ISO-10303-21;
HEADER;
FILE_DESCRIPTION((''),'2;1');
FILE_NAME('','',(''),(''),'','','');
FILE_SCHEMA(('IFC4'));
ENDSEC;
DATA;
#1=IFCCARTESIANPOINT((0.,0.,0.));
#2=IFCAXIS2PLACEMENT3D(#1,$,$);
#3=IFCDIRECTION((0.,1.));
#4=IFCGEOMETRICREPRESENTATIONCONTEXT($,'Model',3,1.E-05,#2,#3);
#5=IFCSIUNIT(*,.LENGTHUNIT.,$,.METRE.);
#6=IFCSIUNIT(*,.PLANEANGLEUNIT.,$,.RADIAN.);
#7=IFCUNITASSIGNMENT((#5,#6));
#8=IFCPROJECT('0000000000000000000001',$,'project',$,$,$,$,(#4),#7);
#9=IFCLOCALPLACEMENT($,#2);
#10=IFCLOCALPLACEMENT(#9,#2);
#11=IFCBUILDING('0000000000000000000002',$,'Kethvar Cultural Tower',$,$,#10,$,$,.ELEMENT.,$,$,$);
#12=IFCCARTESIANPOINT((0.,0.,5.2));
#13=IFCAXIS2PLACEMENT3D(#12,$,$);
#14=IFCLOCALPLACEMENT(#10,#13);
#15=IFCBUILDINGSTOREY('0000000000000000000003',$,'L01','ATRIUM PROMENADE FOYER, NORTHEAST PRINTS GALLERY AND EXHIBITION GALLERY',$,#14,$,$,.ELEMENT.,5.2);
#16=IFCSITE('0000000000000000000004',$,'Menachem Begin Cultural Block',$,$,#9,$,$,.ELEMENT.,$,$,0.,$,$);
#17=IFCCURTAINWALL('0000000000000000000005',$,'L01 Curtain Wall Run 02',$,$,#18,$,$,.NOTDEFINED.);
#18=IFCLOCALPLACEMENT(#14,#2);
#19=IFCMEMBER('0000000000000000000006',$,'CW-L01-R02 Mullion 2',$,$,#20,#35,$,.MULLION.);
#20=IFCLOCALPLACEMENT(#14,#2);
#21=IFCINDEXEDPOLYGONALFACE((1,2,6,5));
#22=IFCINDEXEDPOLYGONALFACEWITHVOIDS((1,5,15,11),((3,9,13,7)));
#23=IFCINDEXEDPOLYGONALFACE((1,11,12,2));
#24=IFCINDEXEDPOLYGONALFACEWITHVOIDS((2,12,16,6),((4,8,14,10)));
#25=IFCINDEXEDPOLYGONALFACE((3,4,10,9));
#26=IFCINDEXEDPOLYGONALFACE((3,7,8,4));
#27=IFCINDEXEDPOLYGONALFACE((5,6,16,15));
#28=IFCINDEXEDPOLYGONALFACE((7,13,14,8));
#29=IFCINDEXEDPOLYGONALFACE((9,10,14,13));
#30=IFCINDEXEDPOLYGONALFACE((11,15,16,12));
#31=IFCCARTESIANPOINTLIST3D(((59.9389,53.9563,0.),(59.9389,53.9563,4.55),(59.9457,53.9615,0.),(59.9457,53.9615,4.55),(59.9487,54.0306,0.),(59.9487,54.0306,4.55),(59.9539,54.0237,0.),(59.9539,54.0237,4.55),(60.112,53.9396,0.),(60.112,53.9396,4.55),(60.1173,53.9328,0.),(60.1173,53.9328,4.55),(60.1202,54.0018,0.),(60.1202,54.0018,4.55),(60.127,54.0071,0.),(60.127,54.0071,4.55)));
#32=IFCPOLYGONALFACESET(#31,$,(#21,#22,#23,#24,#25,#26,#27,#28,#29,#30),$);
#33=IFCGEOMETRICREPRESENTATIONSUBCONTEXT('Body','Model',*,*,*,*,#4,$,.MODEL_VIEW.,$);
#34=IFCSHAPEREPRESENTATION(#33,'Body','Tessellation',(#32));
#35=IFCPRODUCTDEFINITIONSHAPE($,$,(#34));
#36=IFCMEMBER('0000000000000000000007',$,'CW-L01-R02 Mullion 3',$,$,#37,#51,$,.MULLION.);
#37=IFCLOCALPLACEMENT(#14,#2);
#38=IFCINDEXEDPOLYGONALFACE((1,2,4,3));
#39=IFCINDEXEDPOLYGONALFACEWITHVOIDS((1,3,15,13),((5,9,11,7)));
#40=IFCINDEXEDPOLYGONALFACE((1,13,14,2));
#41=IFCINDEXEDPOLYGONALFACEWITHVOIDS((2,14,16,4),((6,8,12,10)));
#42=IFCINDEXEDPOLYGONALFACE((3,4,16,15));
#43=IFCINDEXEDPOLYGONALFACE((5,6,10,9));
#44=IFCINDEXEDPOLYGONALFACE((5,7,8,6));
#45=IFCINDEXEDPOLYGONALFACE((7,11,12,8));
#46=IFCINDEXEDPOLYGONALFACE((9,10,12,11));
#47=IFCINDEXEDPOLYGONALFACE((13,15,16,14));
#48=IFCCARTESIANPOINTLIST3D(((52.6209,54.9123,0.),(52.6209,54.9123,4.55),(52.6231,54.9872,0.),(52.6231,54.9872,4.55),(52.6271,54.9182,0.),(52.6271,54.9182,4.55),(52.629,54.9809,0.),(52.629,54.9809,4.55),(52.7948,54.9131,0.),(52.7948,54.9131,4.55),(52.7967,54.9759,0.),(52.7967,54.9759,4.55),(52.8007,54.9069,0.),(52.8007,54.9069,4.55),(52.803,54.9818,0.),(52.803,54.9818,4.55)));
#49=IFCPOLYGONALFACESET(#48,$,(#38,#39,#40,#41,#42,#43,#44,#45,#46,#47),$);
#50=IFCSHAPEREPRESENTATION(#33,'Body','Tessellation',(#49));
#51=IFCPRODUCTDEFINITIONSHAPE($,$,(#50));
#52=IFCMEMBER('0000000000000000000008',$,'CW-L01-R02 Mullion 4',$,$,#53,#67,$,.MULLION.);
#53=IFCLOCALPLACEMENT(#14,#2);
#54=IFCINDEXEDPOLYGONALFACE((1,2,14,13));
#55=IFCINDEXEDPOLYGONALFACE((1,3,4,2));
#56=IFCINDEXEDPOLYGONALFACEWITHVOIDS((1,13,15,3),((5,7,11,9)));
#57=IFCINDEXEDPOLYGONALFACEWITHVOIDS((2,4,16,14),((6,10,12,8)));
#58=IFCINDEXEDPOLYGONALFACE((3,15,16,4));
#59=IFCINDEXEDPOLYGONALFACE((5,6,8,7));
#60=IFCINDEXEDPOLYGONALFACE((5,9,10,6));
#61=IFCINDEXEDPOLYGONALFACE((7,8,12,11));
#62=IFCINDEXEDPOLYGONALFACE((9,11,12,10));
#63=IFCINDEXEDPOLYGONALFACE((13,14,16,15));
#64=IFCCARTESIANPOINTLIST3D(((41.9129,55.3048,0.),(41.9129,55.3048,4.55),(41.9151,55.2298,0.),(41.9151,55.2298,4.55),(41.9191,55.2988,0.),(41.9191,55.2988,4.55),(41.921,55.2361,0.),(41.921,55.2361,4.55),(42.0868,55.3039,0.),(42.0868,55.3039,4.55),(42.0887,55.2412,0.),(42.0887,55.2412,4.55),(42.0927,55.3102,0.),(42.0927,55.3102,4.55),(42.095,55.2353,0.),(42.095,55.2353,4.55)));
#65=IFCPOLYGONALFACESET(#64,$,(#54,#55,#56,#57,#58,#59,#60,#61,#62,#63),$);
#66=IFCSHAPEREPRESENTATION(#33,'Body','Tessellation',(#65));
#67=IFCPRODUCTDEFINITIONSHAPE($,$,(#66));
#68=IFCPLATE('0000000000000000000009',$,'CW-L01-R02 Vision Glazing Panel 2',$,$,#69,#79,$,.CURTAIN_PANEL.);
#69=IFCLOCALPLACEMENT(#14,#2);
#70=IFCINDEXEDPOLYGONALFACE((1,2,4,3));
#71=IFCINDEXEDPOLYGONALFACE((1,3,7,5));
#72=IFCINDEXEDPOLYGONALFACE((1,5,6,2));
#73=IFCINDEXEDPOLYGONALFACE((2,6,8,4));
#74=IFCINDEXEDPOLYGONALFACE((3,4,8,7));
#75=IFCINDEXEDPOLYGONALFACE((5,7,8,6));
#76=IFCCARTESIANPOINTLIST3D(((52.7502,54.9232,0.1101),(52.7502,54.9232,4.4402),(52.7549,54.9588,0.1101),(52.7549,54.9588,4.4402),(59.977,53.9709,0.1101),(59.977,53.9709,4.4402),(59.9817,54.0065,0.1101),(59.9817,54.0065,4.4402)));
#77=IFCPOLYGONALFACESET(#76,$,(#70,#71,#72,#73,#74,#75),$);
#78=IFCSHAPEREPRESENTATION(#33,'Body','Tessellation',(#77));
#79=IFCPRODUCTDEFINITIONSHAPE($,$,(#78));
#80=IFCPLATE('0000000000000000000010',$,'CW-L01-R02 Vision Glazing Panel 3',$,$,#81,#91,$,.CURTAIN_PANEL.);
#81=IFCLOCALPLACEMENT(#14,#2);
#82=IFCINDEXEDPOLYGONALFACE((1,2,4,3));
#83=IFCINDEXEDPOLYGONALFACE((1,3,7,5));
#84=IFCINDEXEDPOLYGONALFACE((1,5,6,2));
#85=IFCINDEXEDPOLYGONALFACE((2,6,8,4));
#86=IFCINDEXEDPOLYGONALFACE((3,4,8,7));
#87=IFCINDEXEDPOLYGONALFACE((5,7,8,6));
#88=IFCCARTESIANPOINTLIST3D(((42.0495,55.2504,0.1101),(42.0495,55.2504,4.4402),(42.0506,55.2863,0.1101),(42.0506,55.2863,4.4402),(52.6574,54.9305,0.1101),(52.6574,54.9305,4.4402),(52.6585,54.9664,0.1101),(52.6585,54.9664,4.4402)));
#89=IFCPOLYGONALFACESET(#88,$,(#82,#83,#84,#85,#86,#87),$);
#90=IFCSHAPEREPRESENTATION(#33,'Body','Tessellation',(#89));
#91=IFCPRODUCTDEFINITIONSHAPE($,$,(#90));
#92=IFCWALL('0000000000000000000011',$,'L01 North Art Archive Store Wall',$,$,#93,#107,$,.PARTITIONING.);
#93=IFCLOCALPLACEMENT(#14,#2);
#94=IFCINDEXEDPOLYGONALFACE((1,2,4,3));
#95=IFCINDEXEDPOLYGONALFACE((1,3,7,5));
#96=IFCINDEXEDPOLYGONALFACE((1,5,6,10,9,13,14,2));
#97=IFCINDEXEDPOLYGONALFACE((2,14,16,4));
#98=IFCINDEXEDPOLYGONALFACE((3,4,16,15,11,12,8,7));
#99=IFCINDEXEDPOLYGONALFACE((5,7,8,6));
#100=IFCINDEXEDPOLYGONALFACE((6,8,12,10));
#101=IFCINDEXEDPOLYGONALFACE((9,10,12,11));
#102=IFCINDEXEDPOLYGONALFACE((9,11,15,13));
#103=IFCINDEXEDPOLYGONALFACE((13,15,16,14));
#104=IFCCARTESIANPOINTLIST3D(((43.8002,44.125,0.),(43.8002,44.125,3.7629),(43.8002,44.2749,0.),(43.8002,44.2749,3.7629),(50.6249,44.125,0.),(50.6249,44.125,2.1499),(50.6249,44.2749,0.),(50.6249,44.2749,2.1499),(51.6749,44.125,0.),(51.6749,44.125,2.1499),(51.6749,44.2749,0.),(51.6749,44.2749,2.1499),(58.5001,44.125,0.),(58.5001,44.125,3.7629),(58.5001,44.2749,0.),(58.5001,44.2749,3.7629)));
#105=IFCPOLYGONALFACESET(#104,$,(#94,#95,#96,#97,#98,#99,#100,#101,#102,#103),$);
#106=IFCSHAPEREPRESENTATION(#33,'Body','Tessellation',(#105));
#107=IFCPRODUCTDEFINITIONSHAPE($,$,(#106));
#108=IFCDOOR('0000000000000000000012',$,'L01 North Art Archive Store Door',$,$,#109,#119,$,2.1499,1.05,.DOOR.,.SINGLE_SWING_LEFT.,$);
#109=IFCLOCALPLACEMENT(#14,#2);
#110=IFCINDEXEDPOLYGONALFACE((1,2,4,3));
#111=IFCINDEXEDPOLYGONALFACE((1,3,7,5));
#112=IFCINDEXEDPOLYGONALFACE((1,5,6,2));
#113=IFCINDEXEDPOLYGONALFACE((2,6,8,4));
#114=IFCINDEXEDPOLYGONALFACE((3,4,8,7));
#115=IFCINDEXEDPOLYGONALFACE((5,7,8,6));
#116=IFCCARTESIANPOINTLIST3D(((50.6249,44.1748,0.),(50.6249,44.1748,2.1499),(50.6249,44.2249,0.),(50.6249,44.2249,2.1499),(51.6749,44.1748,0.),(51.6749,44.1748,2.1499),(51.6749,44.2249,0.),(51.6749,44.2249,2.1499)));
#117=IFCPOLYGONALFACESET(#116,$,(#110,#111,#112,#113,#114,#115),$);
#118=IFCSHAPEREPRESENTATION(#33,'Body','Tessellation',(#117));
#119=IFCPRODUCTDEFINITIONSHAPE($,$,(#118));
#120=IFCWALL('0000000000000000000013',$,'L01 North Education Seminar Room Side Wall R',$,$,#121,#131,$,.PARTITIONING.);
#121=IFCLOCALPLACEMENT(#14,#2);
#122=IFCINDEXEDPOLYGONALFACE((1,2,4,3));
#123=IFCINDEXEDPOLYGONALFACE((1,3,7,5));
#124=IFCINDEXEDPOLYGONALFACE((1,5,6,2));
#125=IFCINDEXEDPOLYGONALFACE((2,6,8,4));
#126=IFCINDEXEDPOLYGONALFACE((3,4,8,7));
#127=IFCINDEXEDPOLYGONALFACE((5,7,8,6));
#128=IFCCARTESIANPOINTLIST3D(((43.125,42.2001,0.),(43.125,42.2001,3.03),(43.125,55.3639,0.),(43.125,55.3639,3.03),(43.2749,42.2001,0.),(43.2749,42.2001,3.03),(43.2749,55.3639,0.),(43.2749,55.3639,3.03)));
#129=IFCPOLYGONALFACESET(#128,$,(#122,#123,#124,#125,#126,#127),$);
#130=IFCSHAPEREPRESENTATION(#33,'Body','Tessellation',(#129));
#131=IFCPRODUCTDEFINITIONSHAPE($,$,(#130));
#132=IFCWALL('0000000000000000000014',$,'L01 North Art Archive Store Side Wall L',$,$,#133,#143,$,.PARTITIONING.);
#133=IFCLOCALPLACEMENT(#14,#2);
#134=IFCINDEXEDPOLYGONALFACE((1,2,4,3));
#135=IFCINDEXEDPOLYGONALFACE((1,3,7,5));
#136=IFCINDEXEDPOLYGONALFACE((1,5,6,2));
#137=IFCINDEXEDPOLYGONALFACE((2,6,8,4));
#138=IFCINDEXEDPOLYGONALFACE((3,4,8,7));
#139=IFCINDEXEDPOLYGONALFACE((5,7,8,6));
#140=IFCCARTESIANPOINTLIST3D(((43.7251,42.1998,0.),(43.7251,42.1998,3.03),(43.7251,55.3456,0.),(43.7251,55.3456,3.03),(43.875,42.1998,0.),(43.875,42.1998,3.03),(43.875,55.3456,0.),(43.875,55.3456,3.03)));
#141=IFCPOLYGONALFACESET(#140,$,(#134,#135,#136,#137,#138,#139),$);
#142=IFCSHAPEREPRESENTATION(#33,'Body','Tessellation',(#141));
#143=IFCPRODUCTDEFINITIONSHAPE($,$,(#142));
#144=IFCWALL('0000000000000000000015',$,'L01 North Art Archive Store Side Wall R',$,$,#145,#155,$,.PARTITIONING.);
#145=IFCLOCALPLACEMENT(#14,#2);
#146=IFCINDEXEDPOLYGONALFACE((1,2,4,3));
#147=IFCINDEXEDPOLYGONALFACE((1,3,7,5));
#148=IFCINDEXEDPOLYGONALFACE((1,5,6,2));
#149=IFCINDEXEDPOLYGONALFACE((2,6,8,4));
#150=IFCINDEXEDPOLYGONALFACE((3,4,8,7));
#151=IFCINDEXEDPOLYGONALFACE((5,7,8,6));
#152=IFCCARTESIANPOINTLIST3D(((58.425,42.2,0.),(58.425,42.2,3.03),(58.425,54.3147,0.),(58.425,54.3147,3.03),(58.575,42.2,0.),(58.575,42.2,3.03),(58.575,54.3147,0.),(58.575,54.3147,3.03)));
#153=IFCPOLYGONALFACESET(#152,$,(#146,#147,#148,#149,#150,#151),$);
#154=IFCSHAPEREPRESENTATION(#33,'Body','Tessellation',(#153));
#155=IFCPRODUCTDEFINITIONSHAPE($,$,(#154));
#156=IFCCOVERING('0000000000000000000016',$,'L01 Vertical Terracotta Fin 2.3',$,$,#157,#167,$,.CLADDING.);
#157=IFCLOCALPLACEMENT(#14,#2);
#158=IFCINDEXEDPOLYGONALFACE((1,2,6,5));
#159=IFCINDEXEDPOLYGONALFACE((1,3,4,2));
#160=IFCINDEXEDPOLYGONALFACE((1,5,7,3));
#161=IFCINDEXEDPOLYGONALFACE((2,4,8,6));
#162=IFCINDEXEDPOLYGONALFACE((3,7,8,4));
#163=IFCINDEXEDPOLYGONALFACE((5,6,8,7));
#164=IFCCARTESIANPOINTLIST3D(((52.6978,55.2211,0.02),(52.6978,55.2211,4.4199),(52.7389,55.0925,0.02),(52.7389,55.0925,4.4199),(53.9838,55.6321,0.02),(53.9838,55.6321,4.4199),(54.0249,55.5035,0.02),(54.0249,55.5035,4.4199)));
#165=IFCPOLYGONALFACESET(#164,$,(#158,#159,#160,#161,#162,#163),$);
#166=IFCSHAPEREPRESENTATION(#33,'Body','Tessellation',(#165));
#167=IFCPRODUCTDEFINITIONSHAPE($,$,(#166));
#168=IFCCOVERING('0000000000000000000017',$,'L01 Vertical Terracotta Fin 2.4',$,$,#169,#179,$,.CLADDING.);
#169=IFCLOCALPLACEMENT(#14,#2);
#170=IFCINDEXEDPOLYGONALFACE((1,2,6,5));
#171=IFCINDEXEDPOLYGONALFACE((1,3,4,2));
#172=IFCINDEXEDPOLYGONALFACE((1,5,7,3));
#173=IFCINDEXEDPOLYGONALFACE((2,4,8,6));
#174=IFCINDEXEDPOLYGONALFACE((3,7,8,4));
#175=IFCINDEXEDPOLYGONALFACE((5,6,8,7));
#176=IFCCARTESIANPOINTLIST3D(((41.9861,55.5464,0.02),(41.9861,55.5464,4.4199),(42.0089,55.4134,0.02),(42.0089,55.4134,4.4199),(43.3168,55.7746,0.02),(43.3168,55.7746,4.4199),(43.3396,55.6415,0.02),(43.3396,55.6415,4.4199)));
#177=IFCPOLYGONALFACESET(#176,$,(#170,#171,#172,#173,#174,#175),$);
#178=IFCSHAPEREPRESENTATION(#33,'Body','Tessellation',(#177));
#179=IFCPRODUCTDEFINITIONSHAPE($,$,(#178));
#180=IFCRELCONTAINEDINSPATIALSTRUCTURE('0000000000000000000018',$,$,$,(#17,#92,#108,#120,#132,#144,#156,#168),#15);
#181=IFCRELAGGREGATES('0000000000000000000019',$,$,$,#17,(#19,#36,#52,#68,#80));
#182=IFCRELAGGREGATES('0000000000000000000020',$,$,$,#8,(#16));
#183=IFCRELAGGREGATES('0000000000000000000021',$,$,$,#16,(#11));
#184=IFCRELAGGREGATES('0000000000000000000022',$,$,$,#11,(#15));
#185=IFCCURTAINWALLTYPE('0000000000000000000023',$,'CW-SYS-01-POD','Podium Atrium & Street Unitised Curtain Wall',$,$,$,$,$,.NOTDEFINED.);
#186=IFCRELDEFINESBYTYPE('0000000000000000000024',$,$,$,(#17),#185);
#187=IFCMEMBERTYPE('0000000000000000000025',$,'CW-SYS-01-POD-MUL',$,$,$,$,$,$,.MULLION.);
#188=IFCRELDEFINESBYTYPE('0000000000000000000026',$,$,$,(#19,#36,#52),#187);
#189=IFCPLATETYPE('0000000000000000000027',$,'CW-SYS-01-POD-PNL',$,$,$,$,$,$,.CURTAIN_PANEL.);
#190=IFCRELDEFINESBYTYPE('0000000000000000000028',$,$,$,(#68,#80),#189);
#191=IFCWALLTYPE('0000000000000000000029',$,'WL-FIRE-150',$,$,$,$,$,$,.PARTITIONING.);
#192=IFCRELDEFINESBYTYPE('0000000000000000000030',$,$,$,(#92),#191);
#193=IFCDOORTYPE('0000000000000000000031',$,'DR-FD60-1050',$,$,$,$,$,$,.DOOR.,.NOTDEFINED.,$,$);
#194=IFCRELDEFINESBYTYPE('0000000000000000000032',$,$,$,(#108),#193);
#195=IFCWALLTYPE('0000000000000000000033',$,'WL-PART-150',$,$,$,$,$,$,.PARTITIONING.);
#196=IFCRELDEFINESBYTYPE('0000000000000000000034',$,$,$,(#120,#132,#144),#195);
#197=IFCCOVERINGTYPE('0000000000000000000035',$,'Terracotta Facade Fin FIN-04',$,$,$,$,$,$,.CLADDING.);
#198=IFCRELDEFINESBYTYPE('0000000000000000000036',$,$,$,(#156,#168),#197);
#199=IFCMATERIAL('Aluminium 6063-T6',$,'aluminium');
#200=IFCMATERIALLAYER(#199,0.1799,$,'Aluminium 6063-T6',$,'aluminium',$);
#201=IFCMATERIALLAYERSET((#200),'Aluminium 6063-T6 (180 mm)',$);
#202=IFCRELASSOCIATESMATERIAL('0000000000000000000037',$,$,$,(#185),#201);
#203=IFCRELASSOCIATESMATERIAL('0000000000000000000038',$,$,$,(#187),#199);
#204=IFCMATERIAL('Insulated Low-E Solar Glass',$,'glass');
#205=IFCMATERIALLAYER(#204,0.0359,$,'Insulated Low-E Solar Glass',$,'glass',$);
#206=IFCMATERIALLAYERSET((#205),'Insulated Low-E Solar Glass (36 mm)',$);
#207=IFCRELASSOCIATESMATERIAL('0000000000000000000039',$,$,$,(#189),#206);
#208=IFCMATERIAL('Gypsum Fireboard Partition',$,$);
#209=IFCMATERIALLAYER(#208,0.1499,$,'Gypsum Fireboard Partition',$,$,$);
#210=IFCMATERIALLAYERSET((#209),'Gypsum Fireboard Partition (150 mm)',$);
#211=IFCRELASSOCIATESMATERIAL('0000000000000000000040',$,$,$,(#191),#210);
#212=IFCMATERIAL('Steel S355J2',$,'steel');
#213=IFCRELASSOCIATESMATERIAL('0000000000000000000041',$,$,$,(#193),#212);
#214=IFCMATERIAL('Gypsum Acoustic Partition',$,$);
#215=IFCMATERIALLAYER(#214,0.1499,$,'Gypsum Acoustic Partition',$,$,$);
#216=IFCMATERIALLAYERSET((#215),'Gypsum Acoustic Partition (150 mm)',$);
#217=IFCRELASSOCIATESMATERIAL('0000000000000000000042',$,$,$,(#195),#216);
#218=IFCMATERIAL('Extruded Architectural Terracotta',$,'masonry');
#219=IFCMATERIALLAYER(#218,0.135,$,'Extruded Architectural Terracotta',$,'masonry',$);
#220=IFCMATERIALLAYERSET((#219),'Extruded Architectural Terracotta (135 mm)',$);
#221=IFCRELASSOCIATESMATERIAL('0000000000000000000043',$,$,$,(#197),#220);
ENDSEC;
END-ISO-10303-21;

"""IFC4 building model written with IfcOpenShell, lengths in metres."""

from ifc_helpers import new_model, si_unit, direction, frame, frame_2d, origin, origin_2d, place, context, subcontext, project, spatial, rectangle, hollow_rectangle, extrude, source, transform, mapped, material, layer, layer_set, material_profile, profile_set, type_object, element, fill, aggregate, save


model = new_model("IFC4")

# Units and contexts
model_context = context("Model", 3, precision=1e-05, world=origin(), true_north=direction((0.0, 1.0)))
body_context = subcontext(model_context, "Body", "Model", "MODEL_VIEW")
ifc_project = project(units=[si_unit("LENGTHUNIT", "METRE"), si_unit("PLANEANGLEUNIT", "RADIAN")], contexts=[model_context])

# Site, building, storey
site_placement = place(None, origin())
site = spatial("IfcSite", under=ifc_project, at=site_placement, Name="Menachem Begin Cultural Block", CompositionType="ELEMENT", RefElevation=0.0)
building_placement = place(site_placement, origin())
building = spatial("IfcBuilding", under=site, at=building_placement, Name="Kethvar Cultural Tower", CompositionType="ELEMENT")
storey_placement = place(building_placement, frame((0.0, 0.0, 5.2)))
storey = spatial("IfcBuildingStorey", under=building, at=storey_placement, Name="L01", Description="ATRIUM PROMENADE FOYER, NORTHEAST PRINTS GALLERY AND EXHIBITION GALLERY", CompositionType="ELEMENT", Elevation=5.2)

# Shared definitions
ifc_material_1 = material(Name="Steel S355J2", Category="steel")

# Curtain wall, members, plates
ifc_material_2 = material(Name="Aluminium 6063-T6", Category="aluminium")
ifc_layer_1 = layer(ifc_material_2, 0.1799, Name="Aluminium 6063-T6", Category="aluminium")
ifc_layer_set_1 = layer_set([ifc_layer_1], Name="Aluminium 6063-T6 (180 mm)")
curtain_wall_type = type_object("IfcCurtainWallType", Name="CW-SYS-01-POD", Description="Podium Atrium & Street Unitised Curtain Wall", PredefinedType="NOTDEFINED", material=ifc_layer_set_1)
curtain_wall_placement = place(storey_placement, origin())
curtain_wall = element("IfcCurtainWall", 1, at=curtain_wall_placement, inside=storey, type_object=curtain_wall_type, Name="L01 Curtain Wall Run 02", PredefinedType="NOTDEFINED")
ifc_material_profile_1 = material_profile(ifc_material_2, hollow_rectangle(XDim=0.075, YDim=0.1799, WallThickness=0.0061, at=origin_2d()), Name="Aluminium 6063-T6 — RHS180x75x6")
ifc_profile_set_1 = profile_set([ifc_material_profile_1], Name="Aluminium 6063-T6 — RHS180x75x6")
member_type_1 = type_object("IfcMemberType", Name="CW-SYS-01-POD-MUL", PredefinedType="MULLION", material=ifc_profile_set_1)
shared_shape_1 = source(origin(), body_context, "Body", "SweptSolid", [
    extrude(hollow_rectangle(XDim=0.075, YDim=0.1799, WallThickness=0.0061, at=origin_2d()), origin(), (0.0, 0.0, 1.0), 4.55),
])
member_1_placement = place(storey_placement, frame((60.033, 53.9817, 0.0), z_axis=(0.0, 0.0, 1.0), x_axis=(-0.130647, -0.991429, 0.0)))
member_1 = element("IfcMember", 2, at=member_1_placement, type_object=member_type_1, Name="CW-L01-R02 Mullion 2", PredefinedType="MULLION", context=body_context, shape_type="MappedRepresentation", body=[
    mapped(shared_shape_1, transform((0.0, 0.0, 0.0), scale=1.0)),
])
member_2_placement = place(storey_placement, frame((52.7119, 54.947, 0.0), z_axis=(0.0, 0.0, 1.0), x_axis=(-0.030137, -0.999546, 0.0)))
member_2 = element("IfcMember", 3, at=member_2_placement, type_object=member_type_1, Name="CW-L01-R02 Mullion 3", PredefinedType="MULLION", context=body_context, shape_type="MappedRepresentation", body=[
    mapped(shared_shape_1, transform((0.0, 0.0, 0.0), scale=1.0)),
])
member_3_placement = place(storey_placement, frame((42.0039, 55.27, 0.0), z_axis=(0.0, 0.0, 1.0), x_axis=(0.030137, -0.999546, 0.0)))
member_3 = element("IfcMember", 4, at=member_3_placement, type_object=member_type_1, Name="CW-L01-R02 Mullion 4", PredefinedType="MULLION", context=body_context, shape_type="MappedRepresentation", body=[
    mapped(shared_shape_1, transform((0.0, 0.0, 0.0), scale=1.0)),
])
ifc_material_3 = material(Name="Insulated Low-E Solar Glass", Category="glass")
ifc_layer_2 = layer(ifc_material_3, 0.0359, Name="Insulated Low-E Solar Glass", Category="glass")
ifc_layer_set_2 = layer_set([ifc_layer_2], Name="Insulated Low-E Solar Glass (36 mm)")
plate_type = type_object("IfcPlateType", Name="CW-SYS-01-POD-PNL", PredefinedType="CURTAIN_PANEL", material=ifc_layer_set_2)
shared_shape_2 = source(origin(), body_context, "Body", "SweptSolid", [
    extrude(rectangle(XDim=7.2893, YDim=0.0359, at=origin_2d()), origin(), (0.0, 0.0, 1.0), 4.3301),
])
plate_1_placement = place(storey_placement, frame((56.366, 54.4648, 0.1101), z_axis=(0.0, 0.0, 1.0), x_axis=(-0.991429, 0.130647, 0.0)))
plate_1 = element("IfcPlate", 5, at=plate_1_placement, type_object=plate_type, Name="CW-L01-R02 Vision Glazing Panel 2", PredefinedType="CURTAIN_PANEL", context=body_context, shape_type="MappedRepresentation", body=[
    mapped(shared_shape_2, transform((0.0, 0.0, 0.0), scale=1.0)),
])
shared_shape_3 = source(origin(), body_context, "Body", "SweptSolid", [
    extrude(rectangle(XDim=10.6128, YDim=0.0359, at=origin_2d()), origin(), (0.0, 0.0, 1.0), 4.3301),
])
plate_2_placement = place(storey_placement, frame((47.354, 55.1084, 0.1101), z_axis=(0.0, 0.0, 1.0), x_axis=(-0.999546, 0.030137, 0.0)))
plate_2 = element("IfcPlate", 6, at=plate_2_placement, type_object=plate_type, Name="CW-L01-R02 Vision Glazing Panel 3", PredefinedType="CURTAIN_PANEL", context=body_context, shape_type="MappedRepresentation", body=[
    mapped(shared_shape_3, transform((0.0, 0.0, 0.0), scale=1.0)),
])
aggregate(curtain_wall, [member_1, member_2, member_3, plate_1, plate_2])

# Wall, opening, door
ifc_material_4 = material(Name="Gypsum Fireboard Partition")
ifc_layer_3 = layer(ifc_material_4, 0.1499, Name="Gypsum Fireboard Partition")
ifc_layer_set_3 = layer_set([ifc_layer_3], Name="Gypsum Fireboard Partition (150 mm)")
wall_type_1 = type_object("IfcWallType", Name="WL-FIRE-150", PredefinedType="PARTITIONING", material=ifc_layer_set_3)
wall_1_placement = place(storey_placement, frame((43.8, 44.2, 0.0), z_axis=(0.0, 0.0, 1.0), x_axis=(1.0, 0.0, 0.0)))
wall_1 = element("IfcWall", 7, at=wall_1_placement, inside=storey, type_object=wall_type_1, Name="L01 North Art Archive Store Wall", PredefinedType="PARTITIONING", context=body_context, shape_type="SweptSolid", body=[
    extrude(rectangle(XDim=14.7, YDim=0.1499, at=frame_2d((7.3501, 0.0))), origin(), (0.0, 0.0, 1.0), 3.7629),
])
opening_1_placement = place(wall_1_placement, frame((6.825, 0.0, 0.0)))
opening_1 = element("IfcOpeningElement", 8, at=opening_1_placement, cuts=wall_1, PredefinedType="OPENING", context=body_context, shape_type="SweptSolid", body=[
    extrude(rectangle(XDim=1.05, YDim=2.1499, at=frame_2d((0.5249, 1.075))), frame((0.0, 0.085, 0.0), z_axis=(0.0, -1.0, 0.0), x_axis=(1.0, 0.0, 0.0)), (0.0, 0.0, 1.0), 0.1699),
])
door_type_1 = type_object("IfcDoorType", Name="DR-FD60-1050", OperationType="NOTDEFINED", PredefinedType="DOOR", material=ifc_material_1)
shared_shape_4 = source(origin(), body_context, "Body", "SweptSolid", [
    extrude(rectangle(XDim=1.05, YDim=2.1499, at=frame_2d((0.5249, 1.075))), frame((0.0, 0.0249, 0.0), z_axis=(0.0, -1.0, 0.0), x_axis=(1.0, 0.0, 0.0)), (0.0, 0.0, 1.0), 0.05),
])
door_1_placement = place(opening_1_placement, origin())
door_1 = element("IfcDoor", 9, at=door_1_placement, inside=storey, type_object=door_type_1, Name="L01 North Art Archive Store Door", OperationType="SINGLE_SWING_LEFT", OverallHeight=2.1499, OverallWidth=1.05, PredefinedType="DOOR", context=body_context, shape_type="MappedRepresentation", body=[
    mapped(shared_shape_4, transform((0.0, 0.0, 0.0), scale=1.0)),
])
fill(opening_1, door_1)

# Walls
ifc_material_5 = material(Name="Gypsum Acoustic Partition")
ifc_layer_4 = layer(ifc_material_5, 0.1499, Name="Gypsum Acoustic Partition")
ifc_layer_set_4 = layer_set([ifc_layer_4], Name="Gypsum Acoustic Partition (150 mm)")
wall_type_2 = type_object("IfcWallType", Name="WL-PART-150", PredefinedType="PARTITIONING", material=ifc_layer_set_4)
wall_2_placement = place(storey_placement, frame((43.2, 42.2, 0.0), z_axis=(0.0, 0.0, 1.0), x_axis=(0.0, 1.0, 0.0)))
element("IfcWall", 10, at=wall_2_placement, inside=storey, type_object=wall_type_2, Name="L01 North Education Seminar Room Side Wall R", PredefinedType="PARTITIONING", context=body_context, shape_type="SweptSolid", body=[
    extrude(rectangle(XDim=13.1638, YDim=0.1499, at=frame_2d((6.582, 0.0))), origin(), (0.0, 0.0, 1.0), 3.03),
])
wall_3_placement = place(storey_placement, frame((43.8, 42.2, 0.0), z_axis=(0.0, 0.0, 1.0), x_axis=(0.0, 1.0, 0.0)))
element("IfcWall", 11, at=wall_3_placement, inside=storey, type_object=wall_type_2, Name="L01 North Art Archive Store Side Wall L", PredefinedType="PARTITIONING", context=body_context, shape_type="SweptSolid", body=[
    extrude(rectangle(XDim=13.1458, YDim=0.1499, at=frame_2d((6.5728, 0.0))), origin(), (0.0, 0.0, 1.0), 3.03),
])
wall_4_placement = place(storey_placement, frame((58.5, 42.2, 0.0), z_axis=(0.0, 0.0, 1.0), x_axis=(0.0, 1.0, 0.0)))
element("IfcWall", 12, at=wall_4_placement, inside=storey, type_object=wall_type_2, Name="L01 North Art Archive Store Side Wall R", PredefinedType="PARTITIONING", context=body_context, shape_type="SweptSolid", body=[
    extrude(rectangle(XDim=12.1147, YDim=0.1499, at=frame_2d((6.0574, 0.0))), origin(), (0.0, 0.0, 1.0), 3.03),
])

# Coverings
ifc_material_6 = material(Name="Extruded Architectural Terracotta", Category="masonry")
ifc_layer_5 = layer(ifc_material_6, 0.135, Name="Extruded Architectural Terracotta", Category="masonry")
ifc_layer_set_5 = layer_set([ifc_layer_5], Name="Extruded Architectural Terracotta (135 mm)")
covering_type = type_object("IfcCoveringType", Name="Terracotta Facade Fin FIN-04", PredefinedType="CLADDING", material=ifc_layer_set_5)
shared_shape_5 = source(origin(), body_context, "Body", "SweptSolid", [
    extrude(rectangle(XDim=1.3501, YDim=0.135, at=origin_2d()), origin(), (0.0, 0.0, 1.0), 4.3999),
])
for number, where, z_axis, x_axis, name in (
    (13, (53.3613, 55.3623, 0.02), (0.0, 0.0, 1.0), (0.952555, 0.304366, 0.0), "L01 Vertical Terracotta Fin 2.3"),
    (14, (42.6628, 55.594, 0.02), (0.0, 0.0, 1.0), (0.985615, 0.169005, 0.0), "L01 Vertical Terracotta Fin 2.4"),
):
    element("IfcCovering", number, at=place(storey_placement, frame(where, z_axis=z_axis, x_axis=x_axis)), inside=storey, type_object=covering_type, Name=name, PredefinedType="CLADDING", context=body_context, shape_type="MappedRepresentation", body=[
        mapped(shared_shape_5, transform((0.0, 0.0, 0.0), scale=1.0)),
    ])

save(model, "model.ifc")
